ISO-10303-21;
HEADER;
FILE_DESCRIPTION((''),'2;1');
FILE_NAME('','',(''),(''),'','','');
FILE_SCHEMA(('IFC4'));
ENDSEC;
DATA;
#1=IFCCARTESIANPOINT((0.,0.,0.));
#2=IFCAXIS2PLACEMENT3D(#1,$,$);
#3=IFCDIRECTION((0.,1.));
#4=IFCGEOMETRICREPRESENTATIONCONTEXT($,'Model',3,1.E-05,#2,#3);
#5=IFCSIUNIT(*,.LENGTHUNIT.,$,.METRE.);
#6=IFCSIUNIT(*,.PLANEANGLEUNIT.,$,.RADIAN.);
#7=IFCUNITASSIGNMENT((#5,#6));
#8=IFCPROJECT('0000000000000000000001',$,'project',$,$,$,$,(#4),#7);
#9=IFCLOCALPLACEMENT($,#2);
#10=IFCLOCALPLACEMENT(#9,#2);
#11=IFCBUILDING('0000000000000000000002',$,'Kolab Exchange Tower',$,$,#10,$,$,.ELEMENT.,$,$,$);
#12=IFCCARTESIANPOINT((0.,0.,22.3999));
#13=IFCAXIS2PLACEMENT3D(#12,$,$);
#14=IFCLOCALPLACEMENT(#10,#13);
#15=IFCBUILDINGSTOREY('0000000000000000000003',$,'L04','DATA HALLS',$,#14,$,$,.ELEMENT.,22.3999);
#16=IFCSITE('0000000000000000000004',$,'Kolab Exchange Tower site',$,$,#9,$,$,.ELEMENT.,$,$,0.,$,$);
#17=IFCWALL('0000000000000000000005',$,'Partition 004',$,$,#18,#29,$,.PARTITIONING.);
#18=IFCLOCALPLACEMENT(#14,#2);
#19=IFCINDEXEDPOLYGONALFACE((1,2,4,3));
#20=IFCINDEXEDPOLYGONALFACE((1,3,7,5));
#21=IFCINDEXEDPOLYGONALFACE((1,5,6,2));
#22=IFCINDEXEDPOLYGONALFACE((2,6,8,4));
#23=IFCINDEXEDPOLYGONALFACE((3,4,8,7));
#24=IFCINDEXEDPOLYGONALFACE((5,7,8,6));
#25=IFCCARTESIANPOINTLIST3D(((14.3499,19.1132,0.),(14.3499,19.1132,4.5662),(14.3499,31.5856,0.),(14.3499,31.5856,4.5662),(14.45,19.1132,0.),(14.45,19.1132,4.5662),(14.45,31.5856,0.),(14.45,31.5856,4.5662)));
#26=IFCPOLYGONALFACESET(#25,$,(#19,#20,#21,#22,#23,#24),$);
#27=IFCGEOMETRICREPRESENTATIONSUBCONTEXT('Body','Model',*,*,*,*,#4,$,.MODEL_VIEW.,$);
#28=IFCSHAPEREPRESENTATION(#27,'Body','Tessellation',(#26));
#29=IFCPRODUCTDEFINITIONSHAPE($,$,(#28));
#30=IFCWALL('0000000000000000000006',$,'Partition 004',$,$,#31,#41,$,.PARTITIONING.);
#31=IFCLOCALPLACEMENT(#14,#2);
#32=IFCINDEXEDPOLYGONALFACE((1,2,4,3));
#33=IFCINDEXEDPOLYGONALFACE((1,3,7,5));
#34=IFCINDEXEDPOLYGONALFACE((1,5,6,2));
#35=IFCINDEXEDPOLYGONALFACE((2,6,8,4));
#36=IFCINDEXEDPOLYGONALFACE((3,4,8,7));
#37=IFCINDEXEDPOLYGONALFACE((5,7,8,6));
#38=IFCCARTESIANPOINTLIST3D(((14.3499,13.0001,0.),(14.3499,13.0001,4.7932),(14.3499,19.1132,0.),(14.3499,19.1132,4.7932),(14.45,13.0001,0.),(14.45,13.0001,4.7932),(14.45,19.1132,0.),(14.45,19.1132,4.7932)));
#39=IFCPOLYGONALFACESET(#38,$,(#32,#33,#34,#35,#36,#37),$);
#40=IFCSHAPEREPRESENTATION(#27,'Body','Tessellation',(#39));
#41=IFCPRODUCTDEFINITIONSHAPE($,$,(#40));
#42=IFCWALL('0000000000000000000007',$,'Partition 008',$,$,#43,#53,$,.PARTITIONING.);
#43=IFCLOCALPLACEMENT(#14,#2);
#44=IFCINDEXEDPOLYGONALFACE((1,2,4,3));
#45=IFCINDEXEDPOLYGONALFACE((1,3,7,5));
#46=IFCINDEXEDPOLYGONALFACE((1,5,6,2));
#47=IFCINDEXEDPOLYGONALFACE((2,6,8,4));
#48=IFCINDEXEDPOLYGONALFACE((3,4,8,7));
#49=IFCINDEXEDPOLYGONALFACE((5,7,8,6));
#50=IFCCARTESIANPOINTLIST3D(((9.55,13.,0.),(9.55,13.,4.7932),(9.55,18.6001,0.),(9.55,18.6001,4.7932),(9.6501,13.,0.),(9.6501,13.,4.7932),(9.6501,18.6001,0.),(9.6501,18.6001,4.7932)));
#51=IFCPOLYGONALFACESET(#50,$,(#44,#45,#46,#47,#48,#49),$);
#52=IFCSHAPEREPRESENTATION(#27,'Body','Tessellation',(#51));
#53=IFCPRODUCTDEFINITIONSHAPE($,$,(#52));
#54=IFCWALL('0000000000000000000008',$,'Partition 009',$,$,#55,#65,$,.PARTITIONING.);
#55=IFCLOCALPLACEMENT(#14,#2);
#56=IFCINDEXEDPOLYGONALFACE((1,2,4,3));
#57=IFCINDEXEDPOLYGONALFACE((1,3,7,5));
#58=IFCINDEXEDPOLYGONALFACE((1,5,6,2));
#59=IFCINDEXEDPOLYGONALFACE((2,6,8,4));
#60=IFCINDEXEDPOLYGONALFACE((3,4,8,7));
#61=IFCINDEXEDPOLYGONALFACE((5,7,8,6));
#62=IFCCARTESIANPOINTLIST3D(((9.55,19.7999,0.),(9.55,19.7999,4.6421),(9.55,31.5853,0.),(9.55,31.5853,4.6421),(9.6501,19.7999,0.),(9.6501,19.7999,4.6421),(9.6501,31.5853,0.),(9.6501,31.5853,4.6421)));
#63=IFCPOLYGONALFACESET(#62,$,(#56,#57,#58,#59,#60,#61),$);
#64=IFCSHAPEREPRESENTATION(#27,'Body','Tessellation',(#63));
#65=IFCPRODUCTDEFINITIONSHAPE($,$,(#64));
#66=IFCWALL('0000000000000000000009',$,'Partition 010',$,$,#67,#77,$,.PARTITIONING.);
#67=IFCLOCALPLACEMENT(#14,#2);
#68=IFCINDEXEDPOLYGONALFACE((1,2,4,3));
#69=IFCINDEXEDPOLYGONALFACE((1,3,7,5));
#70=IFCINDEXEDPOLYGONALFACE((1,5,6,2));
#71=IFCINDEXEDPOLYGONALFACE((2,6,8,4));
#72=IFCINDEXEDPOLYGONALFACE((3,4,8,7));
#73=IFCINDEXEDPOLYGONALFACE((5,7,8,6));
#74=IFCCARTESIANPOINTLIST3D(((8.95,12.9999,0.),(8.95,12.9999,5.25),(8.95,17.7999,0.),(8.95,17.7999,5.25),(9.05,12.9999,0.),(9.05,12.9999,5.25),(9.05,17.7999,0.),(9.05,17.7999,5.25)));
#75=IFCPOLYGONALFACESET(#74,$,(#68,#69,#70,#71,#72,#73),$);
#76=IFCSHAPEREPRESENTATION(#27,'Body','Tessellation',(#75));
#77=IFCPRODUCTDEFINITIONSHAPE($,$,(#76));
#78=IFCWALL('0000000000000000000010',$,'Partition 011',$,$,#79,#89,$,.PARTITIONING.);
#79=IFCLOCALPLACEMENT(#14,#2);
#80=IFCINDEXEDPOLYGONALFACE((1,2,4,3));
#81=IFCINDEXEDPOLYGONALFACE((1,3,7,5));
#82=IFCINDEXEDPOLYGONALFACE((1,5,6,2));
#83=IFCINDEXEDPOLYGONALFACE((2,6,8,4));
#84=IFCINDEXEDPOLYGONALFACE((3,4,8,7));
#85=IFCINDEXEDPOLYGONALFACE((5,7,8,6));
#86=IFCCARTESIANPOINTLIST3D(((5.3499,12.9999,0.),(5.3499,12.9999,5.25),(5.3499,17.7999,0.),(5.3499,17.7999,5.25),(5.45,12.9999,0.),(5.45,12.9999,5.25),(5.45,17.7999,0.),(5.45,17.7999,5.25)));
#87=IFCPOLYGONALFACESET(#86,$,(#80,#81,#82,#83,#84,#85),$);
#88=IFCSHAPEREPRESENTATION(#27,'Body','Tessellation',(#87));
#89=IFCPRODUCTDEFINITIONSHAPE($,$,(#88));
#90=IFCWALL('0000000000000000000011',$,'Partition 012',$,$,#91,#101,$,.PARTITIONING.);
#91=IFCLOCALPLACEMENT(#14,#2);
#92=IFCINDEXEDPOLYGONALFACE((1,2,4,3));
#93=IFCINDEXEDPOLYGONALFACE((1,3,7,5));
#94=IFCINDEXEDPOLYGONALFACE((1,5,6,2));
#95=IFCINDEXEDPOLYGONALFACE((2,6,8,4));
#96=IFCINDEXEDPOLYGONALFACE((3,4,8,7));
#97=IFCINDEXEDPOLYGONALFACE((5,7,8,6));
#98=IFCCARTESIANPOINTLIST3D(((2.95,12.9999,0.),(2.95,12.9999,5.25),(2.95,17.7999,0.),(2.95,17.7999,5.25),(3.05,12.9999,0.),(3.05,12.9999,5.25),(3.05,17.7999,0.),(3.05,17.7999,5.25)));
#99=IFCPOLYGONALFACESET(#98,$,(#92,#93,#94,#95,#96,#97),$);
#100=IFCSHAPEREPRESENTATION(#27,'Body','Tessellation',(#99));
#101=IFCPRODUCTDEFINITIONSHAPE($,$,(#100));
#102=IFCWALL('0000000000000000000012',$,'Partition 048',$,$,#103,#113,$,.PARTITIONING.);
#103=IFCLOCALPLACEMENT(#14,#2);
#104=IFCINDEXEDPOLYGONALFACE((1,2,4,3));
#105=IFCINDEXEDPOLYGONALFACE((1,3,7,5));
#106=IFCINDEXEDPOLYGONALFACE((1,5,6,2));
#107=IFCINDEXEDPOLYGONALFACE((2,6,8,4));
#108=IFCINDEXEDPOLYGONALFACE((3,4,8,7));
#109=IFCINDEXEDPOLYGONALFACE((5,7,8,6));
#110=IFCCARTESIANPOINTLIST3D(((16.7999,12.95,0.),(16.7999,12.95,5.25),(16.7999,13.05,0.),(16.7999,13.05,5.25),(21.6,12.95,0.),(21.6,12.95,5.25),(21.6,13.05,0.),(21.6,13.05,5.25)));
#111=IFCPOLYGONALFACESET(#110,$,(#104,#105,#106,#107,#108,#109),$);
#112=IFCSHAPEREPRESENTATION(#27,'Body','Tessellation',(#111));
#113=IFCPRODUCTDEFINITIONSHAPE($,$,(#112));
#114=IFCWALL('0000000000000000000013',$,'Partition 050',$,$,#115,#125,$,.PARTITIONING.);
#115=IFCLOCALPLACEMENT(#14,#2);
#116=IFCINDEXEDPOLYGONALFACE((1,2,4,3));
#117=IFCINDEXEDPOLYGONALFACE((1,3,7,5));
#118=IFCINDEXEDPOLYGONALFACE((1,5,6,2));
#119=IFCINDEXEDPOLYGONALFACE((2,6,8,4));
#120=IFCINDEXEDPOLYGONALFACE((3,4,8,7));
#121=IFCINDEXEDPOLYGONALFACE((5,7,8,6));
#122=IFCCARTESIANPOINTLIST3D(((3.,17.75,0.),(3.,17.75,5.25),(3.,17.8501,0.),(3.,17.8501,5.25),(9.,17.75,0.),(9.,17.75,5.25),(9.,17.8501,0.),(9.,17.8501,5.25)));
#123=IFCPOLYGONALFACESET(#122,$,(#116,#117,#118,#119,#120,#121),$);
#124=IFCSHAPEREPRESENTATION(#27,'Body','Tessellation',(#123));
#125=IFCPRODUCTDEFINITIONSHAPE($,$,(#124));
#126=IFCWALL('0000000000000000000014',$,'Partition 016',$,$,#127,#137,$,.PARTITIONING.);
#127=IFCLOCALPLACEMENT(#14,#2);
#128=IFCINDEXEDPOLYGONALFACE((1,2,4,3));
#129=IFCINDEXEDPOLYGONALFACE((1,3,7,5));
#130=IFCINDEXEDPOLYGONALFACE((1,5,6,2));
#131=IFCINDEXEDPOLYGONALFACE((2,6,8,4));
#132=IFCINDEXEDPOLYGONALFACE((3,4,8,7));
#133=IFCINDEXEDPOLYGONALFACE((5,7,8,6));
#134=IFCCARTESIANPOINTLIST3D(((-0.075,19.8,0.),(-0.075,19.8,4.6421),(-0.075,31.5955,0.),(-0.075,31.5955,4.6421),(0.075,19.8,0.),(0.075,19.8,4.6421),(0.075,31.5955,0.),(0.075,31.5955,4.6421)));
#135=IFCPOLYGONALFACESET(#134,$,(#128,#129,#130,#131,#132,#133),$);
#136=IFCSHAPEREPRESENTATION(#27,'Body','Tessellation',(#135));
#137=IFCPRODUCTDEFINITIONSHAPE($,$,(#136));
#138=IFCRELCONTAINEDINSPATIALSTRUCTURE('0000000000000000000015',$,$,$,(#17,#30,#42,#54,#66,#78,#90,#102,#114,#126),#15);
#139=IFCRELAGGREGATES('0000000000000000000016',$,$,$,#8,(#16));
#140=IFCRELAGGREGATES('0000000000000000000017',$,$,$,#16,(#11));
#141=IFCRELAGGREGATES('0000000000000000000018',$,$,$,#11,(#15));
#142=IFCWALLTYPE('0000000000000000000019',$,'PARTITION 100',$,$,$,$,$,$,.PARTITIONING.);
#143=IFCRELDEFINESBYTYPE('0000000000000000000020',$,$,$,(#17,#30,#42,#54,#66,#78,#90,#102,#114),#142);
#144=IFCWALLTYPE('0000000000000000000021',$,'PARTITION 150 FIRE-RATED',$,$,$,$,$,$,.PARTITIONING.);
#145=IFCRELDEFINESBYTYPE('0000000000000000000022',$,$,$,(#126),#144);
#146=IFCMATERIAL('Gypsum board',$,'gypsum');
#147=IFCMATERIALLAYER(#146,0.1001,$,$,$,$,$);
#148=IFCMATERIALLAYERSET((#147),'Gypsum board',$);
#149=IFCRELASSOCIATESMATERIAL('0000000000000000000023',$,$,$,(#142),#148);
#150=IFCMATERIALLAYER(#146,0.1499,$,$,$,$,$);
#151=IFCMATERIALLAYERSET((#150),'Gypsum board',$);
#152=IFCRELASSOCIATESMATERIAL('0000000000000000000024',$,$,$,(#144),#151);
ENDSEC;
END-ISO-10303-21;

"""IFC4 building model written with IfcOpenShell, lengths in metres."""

from ifc_helpers import new_model, si_unit, direction, frame, frame_2d, origin, place, context, subcontext, project, spatial, rectangle, extrude, material, layer, layer_set, type_object, element, save


model = new_model("IFC4")

# Units and contexts
model_context = context("Model", 3, precision=1e-05, world=origin(), true_north=direction((0.0, 1.0)))
body_context = subcontext(model_context, "Body", "Model", "MODEL_VIEW")
ifc_project = project(units=[si_unit("LENGTHUNIT", "METRE"), si_unit("PLANEANGLEUNIT", "RADIAN")], contexts=[model_context])

# Site, building, storey
site_placement = place(None, origin())
site = spatial("IfcSite", under=ifc_project, at=site_placement, Name="Kolab Exchange Tower site", CompositionType="ELEMENT", RefElevation=0.0)
building_placement = place(site_placement, origin())
building = spatial("IfcBuilding", under=site, at=building_placement, Name="Kolab Exchange Tower", CompositionType="ELEMENT")
storey_placement = place(building_placement, frame((0.0, 0.0, 22.3999)))
storey = spatial("IfcBuildingStorey", under=building, at=storey_placement, Name="L04", Description="DATA HALLS", CompositionType="ELEMENT", Elevation=22.3999)

# Walls
ifc_material_1 = material(Name="Gypsum board", Category="gypsum")
ifc_layer_1 = layer(ifc_material_1, 0.1001)
ifc_layer_set_1 = layer_set([ifc_layer_1], Name="Gypsum board")
wall_type_1 = type_object("IfcWallType", Name="PARTITION 100", PredefinedType="PARTITIONING", material=ifc_layer_set_1)
wall_1_placement = place(storey_placement, frame((14.3999, 19.113, 0.0), z_axis=(0.0, 0.0, 1.0), x_axis=(0.0, 1.0, 0.0)))
element("IfcWall", 1, at=wall_1_placement, inside=storey, type_object=wall_type_1, Name="Partition 004", PredefinedType="PARTITIONING", context=body_context, shape_type="SweptSolid", body=[
    extrude(rectangle(XDim=12.4724, YDim=0.1001, at=frame_2d((6.2363, 0.0))), origin(), (0.0, 0.0, 1.0), 4.5662),
])
wall_2_placement = place(storey_placement, frame((14.3999, 13.0, 0.0), z_axis=(0.0, 0.0, 1.0), x_axis=(0.0, 1.0, 0.0)))
element("IfcWall", 2, at=wall_2_placement, inside=storey, type_object=wall_type_1, Name="Partition 004", PredefinedType="PARTITIONING", context=body_context, shape_type="SweptSolid", body=[
    extrude(rectangle(XDim=6.113, YDim=0.1001, at=frame_2d((3.0566, 0.0))), origin(), (0.0, 0.0, 1.0), 4.7932),
])
wall_3_placement = place(storey_placement, frame((9.6001, 13.0, 0.0), z_axis=(0.0, 0.0, 1.0), x_axis=(0.0, 1.0, 0.0)))
element("IfcWall", 3, at=wall_3_placement, inside=storey, type_object=wall_type_1, Name="Partition 008", PredefinedType="PARTITIONING", context=body_context, shape_type="SweptSolid", body=[
    extrude(rectangle(XDim=5.6001, YDim=0.1001, at=frame_2d((2.8, 0.0))), origin(), (0.0, 0.0, 1.0), 4.7932),
])
wall_4_placement = place(storey_placement, frame((9.6001, 19.8, 0.0), z_axis=(0.0, 0.0, 1.0), x_axis=(0.0, 1.0, 0.0)))
element("IfcWall", 4, at=wall_4_placement, inside=storey, type_object=wall_type_1, Name="Partition 009", PredefinedType="PARTITIONING", context=body_context, shape_type="SweptSolid", body=[
    extrude(rectangle(XDim=11.7854, YDim=0.1001, at=frame_2d((5.8926, 0.0))), origin(), (0.0, 0.0, 1.0), 4.6421),
])
for number, where, z_axis, x_axis, name in (
    (5, (9.0, 13.0, 0.0), (0.0, 0.0, 1.0), (0.0, 1.0, 0.0), "Partition 010"),
    (6, (5.3999, 13.0, 0.0), (0.0, 0.0, 1.0), (0.0, 1.0, 0.0), "Partition 011"),
    (7, (3.0, 13.0, 0.0), (0.0, 0.0, 1.0), (0.0, 1.0, 0.0), "Partition 012"),
    (8, (16.8, 13.0, 0.0), (0.0, 0.0, 1.0), (1.0, 0.0, 0.0), "Partition 048"),
):
    element("IfcWall", number, at=place(storey_placement, frame(where, z_axis=z_axis, x_axis=x_axis)), inside=storey, type_object=wall_type_1, Name=name, PredefinedType="PARTITIONING", context=body_context, shape_type="SweptSolid", body=[
        extrude(rectangle(XDim=4.8, YDim=0.1001, at=frame_2d((2.3999, 0.0))), origin(), (0.0, 0.0, 1.0), 5.25),
    ])
wall_5_placement = place(storey_placement, frame((3.0, 17.8, 0.0), z_axis=(0.0, 0.0, 1.0), x_axis=(1.0, 0.0, 0.0)))
element("IfcWall", 9, at=wall_5_placement, inside=storey, type_object=wall_type_1, Name="Partition 050", PredefinedType="PARTITIONING", context=body_context, shape_type="SweptSolid", body=[
    extrude(rectangle(XDim=6.0, YDim=0.1001, at=frame_2d((3.0, 0.0))), origin(), (0.0, 0.0, 1.0), 5.25),
])
ifc_layer_2 = layer(ifc_material_1, 0.1499)
ifc_layer_set_2 = layer_set([ifc_layer_2], Name="Gypsum board")
wall_type_2 = type_object("IfcWallType", Name="PARTITION 150 FIRE-RATED", PredefinedType="PARTITIONING", material=ifc_layer_set_2)
wall_6_placement = place(storey_placement, frame((0.0, 19.8, 0.0), z_axis=(0.0, 0.0, 1.0), x_axis=(0.0, 1.0, 0.0)))
element("IfcWall", 10, at=wall_6_placement, inside=storey, type_object=wall_type_2, Name="Partition 016", PredefinedType="PARTITIONING", context=body_context, shape_type="SweptSolid", body=[
    extrude(rectangle(XDim=11.7954, YDim=0.1499, at=frame_2d((5.8977, 0.0))), origin(), (0.0, 0.0, 1.0), 4.6421),
])

save(model, "model.ifc")
